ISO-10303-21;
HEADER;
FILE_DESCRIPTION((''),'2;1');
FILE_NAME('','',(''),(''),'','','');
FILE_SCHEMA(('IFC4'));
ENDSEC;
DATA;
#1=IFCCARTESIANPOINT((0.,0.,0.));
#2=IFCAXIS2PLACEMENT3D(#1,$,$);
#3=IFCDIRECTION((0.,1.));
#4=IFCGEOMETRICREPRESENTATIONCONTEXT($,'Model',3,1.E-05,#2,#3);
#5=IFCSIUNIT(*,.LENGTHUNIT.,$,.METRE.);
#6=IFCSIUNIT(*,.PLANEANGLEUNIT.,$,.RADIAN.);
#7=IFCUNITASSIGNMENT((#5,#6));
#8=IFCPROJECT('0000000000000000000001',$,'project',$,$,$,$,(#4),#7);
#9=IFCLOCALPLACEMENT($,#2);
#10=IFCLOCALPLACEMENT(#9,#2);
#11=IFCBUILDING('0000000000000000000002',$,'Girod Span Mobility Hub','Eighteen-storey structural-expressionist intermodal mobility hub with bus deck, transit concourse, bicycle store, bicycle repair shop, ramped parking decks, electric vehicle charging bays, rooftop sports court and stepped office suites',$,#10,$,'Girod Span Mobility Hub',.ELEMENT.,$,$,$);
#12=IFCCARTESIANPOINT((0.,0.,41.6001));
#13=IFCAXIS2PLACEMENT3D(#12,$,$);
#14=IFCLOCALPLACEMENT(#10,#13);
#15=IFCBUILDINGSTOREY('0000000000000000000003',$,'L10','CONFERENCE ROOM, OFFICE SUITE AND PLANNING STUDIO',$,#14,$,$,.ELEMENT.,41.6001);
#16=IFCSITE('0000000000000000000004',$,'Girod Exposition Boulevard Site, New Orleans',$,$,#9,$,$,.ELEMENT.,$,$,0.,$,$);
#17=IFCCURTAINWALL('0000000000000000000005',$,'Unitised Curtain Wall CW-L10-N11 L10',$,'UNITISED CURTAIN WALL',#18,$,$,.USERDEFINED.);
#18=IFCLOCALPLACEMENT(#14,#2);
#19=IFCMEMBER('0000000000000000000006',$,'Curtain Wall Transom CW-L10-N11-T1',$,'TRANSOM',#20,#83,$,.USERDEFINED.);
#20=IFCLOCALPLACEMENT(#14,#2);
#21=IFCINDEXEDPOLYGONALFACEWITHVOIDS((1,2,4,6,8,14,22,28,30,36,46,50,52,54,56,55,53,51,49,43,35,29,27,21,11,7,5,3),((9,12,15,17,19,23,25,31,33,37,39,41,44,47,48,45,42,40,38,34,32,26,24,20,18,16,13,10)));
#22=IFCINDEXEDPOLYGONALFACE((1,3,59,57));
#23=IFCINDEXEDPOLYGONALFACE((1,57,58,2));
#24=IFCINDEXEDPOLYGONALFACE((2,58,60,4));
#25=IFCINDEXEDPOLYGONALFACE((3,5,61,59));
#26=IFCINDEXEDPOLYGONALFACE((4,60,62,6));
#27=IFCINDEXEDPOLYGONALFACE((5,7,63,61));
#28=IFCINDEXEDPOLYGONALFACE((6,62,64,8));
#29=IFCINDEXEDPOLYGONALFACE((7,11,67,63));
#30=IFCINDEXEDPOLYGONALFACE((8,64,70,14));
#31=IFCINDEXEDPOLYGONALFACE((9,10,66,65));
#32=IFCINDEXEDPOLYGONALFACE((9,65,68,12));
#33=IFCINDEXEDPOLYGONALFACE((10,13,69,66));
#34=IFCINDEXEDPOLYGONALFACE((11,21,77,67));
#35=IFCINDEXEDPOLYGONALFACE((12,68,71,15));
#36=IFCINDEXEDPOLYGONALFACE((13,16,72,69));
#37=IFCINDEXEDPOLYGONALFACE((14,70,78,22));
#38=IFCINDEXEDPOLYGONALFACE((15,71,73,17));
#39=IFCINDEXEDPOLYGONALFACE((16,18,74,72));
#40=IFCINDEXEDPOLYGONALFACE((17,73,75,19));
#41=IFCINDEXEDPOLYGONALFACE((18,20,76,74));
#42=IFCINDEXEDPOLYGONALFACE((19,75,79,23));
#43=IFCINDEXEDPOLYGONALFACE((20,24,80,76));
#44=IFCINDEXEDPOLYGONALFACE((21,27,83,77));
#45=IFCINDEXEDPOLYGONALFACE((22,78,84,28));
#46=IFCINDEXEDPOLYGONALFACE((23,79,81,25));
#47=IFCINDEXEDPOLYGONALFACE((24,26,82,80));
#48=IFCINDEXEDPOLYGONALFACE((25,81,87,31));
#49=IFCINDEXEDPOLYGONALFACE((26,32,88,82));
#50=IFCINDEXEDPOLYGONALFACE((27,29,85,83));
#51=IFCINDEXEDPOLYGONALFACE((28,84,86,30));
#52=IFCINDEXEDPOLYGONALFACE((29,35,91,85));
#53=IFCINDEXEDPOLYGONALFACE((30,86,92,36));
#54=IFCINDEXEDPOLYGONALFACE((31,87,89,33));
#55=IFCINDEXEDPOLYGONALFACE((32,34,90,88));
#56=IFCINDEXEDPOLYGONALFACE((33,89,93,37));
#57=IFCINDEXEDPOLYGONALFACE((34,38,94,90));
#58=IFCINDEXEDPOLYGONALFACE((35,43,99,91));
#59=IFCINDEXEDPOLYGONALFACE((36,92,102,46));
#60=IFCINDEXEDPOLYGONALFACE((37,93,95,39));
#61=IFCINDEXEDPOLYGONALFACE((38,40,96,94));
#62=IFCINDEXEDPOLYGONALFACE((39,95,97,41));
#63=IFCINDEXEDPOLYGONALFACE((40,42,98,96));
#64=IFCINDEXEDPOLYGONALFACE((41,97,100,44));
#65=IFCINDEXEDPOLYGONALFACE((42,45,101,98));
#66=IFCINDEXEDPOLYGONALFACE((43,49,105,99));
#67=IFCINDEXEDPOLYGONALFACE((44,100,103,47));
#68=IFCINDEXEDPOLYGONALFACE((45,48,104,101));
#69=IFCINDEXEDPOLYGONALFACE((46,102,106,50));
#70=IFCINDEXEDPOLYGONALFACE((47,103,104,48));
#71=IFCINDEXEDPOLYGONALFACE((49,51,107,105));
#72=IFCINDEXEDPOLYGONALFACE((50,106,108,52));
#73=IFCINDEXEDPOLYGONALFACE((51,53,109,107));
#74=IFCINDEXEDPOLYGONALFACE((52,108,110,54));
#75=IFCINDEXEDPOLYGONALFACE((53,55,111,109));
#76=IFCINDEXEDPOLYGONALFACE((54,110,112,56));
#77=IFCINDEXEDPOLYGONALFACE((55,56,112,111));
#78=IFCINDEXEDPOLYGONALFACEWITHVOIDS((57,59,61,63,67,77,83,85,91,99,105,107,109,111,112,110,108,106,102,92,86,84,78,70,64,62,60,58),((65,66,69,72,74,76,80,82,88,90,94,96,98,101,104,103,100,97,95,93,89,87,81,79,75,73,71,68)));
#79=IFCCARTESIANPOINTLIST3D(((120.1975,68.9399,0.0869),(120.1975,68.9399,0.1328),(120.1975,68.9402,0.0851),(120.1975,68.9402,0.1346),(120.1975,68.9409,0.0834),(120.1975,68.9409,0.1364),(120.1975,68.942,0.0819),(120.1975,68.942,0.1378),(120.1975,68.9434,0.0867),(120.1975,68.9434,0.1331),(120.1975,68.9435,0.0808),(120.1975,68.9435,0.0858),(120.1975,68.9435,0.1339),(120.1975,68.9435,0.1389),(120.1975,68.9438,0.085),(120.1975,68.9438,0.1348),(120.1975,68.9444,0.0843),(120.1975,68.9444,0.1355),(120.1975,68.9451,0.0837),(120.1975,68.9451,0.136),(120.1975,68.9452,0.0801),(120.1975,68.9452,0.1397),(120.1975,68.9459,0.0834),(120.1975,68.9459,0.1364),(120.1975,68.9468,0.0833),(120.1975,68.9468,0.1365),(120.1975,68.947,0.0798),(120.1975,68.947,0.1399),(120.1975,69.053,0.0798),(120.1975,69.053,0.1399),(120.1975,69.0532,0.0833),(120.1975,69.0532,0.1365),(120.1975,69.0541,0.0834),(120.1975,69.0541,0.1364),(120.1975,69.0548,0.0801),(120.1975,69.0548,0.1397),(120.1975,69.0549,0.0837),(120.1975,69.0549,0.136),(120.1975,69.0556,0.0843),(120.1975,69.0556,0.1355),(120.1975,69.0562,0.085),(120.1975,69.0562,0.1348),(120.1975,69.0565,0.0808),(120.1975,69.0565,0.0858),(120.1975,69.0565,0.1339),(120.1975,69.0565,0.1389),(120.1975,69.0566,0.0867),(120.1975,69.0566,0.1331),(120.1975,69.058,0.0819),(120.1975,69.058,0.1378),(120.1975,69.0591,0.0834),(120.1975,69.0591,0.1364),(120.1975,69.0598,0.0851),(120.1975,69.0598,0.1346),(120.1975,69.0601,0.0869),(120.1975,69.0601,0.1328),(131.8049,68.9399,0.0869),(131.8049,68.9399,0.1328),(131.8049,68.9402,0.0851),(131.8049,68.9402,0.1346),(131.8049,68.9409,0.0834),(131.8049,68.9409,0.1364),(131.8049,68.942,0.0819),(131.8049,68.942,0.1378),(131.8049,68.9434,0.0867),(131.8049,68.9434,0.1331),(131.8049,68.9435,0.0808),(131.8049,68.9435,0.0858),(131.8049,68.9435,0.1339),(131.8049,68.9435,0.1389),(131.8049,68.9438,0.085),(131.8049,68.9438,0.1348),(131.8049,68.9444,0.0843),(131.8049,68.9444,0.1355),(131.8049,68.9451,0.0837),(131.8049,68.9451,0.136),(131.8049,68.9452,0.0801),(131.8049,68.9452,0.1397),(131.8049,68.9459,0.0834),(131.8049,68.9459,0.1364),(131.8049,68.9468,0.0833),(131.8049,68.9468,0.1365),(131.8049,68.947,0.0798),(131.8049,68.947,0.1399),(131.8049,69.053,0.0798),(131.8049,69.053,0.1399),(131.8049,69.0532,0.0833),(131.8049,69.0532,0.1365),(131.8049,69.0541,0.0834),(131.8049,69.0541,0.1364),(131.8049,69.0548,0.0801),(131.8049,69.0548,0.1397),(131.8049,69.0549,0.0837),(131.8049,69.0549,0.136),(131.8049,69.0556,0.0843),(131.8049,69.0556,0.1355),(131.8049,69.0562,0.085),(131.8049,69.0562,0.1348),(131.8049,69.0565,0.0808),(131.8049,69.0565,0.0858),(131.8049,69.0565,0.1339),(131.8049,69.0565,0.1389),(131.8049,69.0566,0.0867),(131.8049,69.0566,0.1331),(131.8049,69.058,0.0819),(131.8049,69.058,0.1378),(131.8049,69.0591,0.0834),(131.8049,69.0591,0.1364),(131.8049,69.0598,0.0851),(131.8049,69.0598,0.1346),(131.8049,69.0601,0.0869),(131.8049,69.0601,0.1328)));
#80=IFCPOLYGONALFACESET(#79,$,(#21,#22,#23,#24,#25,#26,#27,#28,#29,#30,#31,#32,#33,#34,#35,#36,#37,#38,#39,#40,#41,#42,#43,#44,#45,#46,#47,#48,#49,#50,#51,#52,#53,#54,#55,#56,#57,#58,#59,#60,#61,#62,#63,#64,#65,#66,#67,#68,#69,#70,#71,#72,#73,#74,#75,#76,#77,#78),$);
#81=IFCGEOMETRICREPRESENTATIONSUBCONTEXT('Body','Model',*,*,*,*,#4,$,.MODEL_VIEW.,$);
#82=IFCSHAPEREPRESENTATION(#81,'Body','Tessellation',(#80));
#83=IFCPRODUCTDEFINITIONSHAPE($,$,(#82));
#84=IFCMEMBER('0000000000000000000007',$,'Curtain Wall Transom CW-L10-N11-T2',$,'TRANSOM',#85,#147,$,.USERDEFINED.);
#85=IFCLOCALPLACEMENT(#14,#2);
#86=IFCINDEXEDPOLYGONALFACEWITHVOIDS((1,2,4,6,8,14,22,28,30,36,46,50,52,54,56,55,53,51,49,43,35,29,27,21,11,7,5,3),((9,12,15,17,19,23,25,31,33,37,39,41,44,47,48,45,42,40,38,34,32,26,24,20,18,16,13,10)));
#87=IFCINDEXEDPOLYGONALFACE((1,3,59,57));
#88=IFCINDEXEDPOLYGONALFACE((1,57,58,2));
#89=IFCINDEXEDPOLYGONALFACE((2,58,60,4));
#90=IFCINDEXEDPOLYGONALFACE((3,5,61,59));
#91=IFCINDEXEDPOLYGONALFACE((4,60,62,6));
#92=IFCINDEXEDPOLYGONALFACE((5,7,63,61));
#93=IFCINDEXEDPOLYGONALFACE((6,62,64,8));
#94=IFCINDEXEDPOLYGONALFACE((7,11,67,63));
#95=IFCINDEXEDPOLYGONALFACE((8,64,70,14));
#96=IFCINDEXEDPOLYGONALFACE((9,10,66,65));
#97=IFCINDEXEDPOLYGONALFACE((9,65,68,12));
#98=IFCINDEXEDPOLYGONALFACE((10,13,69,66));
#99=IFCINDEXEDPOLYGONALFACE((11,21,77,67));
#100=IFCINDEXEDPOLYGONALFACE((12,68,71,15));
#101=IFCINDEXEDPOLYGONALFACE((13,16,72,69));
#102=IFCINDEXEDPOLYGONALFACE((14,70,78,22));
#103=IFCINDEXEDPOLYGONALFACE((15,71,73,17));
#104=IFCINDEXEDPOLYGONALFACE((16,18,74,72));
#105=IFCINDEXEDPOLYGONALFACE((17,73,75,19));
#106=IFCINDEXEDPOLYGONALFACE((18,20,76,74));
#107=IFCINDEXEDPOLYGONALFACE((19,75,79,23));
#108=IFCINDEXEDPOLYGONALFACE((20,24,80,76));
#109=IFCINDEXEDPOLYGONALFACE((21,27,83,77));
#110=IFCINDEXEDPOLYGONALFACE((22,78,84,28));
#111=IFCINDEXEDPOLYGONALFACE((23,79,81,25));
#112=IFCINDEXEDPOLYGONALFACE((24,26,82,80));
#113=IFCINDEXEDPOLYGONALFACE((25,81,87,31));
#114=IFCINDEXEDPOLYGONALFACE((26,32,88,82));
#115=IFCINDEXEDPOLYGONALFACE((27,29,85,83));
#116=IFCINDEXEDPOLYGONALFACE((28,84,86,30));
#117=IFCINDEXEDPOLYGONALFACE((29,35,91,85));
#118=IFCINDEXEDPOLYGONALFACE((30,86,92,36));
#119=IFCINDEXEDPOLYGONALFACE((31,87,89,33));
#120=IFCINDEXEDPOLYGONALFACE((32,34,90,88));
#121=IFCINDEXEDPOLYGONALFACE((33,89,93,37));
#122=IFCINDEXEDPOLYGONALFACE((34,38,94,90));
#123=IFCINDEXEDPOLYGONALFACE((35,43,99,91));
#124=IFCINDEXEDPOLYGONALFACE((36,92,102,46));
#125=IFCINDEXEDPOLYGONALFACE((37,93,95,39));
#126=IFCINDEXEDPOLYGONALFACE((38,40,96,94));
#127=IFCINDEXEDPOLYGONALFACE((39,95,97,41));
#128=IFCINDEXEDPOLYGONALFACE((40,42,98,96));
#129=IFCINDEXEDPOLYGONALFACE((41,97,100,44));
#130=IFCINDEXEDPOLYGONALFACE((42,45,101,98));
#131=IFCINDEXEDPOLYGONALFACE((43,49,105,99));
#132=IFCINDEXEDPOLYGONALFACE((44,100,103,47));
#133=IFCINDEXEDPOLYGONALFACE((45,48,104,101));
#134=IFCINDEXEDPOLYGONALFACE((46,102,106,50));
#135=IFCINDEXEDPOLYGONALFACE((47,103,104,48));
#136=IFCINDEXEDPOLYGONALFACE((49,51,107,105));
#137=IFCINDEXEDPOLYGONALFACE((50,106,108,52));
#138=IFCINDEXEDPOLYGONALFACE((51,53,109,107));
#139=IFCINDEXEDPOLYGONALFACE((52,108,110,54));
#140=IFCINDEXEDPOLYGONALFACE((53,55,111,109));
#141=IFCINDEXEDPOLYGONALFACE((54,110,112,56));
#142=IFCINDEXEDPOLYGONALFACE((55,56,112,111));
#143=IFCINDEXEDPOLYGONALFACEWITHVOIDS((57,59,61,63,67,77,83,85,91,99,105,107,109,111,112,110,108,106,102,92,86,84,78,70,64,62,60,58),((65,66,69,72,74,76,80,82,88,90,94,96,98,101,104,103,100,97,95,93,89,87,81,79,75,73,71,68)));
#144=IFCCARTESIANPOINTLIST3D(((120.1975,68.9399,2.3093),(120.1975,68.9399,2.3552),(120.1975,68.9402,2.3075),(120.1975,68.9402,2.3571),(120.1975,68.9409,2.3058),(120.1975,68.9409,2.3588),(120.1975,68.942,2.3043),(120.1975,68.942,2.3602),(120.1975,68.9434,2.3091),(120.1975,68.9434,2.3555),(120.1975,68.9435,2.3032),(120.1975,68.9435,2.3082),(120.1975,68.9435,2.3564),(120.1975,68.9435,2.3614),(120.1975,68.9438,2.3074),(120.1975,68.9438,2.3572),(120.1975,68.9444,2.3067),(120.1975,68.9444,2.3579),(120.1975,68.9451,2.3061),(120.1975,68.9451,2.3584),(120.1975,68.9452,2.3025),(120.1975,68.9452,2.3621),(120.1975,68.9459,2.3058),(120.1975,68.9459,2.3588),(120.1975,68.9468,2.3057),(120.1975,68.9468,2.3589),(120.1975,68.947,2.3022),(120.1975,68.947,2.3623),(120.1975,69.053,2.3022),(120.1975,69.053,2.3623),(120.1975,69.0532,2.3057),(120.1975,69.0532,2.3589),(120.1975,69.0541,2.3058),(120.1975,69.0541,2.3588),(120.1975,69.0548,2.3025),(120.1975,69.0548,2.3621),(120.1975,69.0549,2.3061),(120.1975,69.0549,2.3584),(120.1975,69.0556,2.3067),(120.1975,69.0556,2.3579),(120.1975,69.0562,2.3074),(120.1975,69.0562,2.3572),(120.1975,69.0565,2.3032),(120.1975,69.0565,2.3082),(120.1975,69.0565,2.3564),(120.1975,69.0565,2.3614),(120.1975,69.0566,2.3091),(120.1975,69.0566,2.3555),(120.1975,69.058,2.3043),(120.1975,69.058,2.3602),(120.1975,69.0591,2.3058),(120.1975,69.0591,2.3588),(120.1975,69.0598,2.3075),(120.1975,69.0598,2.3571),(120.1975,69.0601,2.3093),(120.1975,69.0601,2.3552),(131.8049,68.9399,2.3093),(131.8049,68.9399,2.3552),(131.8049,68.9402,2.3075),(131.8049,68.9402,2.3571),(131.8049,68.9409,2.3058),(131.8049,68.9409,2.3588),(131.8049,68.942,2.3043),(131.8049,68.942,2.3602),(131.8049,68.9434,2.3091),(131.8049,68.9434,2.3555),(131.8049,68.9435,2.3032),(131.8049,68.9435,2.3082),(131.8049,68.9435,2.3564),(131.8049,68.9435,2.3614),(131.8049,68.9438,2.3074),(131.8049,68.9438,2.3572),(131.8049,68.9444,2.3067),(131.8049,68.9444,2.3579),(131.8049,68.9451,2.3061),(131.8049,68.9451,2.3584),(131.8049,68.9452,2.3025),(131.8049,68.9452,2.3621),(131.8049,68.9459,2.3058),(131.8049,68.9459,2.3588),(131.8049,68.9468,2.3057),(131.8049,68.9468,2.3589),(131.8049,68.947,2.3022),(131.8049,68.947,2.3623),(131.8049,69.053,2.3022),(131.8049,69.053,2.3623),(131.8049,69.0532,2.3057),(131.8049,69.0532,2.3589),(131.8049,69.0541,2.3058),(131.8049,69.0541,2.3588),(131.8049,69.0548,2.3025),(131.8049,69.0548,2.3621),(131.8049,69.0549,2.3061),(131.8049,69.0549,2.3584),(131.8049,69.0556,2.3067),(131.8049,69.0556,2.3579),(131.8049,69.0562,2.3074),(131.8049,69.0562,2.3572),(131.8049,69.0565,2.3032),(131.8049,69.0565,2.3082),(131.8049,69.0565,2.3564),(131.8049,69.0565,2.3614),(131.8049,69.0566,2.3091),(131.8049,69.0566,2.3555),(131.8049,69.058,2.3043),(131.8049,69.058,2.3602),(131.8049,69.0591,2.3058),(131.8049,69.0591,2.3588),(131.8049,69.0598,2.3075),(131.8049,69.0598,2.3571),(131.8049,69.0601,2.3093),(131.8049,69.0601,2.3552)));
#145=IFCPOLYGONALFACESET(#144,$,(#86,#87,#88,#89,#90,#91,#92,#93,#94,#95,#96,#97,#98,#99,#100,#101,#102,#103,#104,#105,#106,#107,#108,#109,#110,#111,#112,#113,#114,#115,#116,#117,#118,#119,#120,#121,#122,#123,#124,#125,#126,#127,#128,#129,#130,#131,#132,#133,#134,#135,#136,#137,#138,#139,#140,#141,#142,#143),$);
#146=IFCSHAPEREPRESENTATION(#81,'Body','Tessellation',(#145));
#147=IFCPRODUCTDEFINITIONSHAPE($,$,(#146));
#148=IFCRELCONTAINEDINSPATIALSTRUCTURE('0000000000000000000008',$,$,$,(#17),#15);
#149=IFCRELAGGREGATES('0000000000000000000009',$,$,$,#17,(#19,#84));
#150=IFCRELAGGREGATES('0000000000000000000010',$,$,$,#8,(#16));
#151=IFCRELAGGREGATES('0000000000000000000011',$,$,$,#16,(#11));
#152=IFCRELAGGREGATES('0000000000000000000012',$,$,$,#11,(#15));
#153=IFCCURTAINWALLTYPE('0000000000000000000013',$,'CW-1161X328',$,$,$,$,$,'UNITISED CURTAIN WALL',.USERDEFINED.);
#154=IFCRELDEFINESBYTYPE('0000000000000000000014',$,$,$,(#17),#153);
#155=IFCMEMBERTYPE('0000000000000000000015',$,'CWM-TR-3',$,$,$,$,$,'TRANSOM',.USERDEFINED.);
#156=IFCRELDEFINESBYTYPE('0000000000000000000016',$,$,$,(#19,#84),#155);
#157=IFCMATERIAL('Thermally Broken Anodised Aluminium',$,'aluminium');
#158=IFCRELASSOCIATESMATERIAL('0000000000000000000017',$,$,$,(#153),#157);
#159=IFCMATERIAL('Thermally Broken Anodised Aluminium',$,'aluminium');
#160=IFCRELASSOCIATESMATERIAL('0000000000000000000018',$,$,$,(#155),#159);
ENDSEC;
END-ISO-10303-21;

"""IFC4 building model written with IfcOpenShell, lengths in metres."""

from ifc_helpers import new_model, si_unit, direction, frame, origin, origin_2d, place, context, subcontext, project, spatial, hollow_rectangle, extrude, material, material_profile, profile_set, type_object, element, aggregate, save


model = new_model("IFC4")

# Units and contexts
model_context = context("Model", 3, precision=1e-05, world=origin(), true_north=direction((0.0, 1.0)))
body_context = subcontext(model_context, "Body", "Model", "MODEL_VIEW")
ifc_project = project(units=[si_unit("LENGTHUNIT", "METRE"), si_unit("PLANEANGLEUNIT", "RADIAN")], contexts=[model_context])

# Site, building, storey
site_placement = place(None, origin())
site = spatial("IfcSite", under=ifc_project, at=site_placement, Name="Girod Exposition Boulevard Site, New Orleans", CompositionType="ELEMENT", RefElevation=0.0)
building_placement = place(site_placement, origin())
building = spatial("IfcBuilding", under=site, at=building_placement, Name="Girod Span Mobility Hub", Description="Eighteen-storey structural-expressionist intermodal mobility hub with bus deck, transit concourse, bicycle store, bicycle repair shop, ramped parking decks, electric vehicle charging bays, rooftop sports court and stepped office suites", LongName="Girod Span Mobility Hub", CompositionType="ELEMENT")
storey_placement = place(building_placement, frame((0.0, 0.0, 41.6001)))
storey = spatial("IfcBuildingStorey", under=building, at=storey_placement, Name="L10", Description="CONFERENCE ROOM, OFFICE SUITE AND PLANNING STUDIO", CompositionType="ELEMENT", Elevation=41.6001)

# Curtain wall, members
ifc_material_1 = material(Name="Thermally Broken Anodised Aluminium", Category="aluminium")
curtain_wall_type = type_object("IfcCurtainWallType", Name="CW-1161X328", ElementType="UNITISED CURTAIN WALL", PredefinedType="USERDEFINED", material=ifc_material_1)
curtain_wall_placement = place(storey_placement, origin())
curtain_wall = element("IfcCurtainWall", 1, at=curtain_wall_placement, inside=storey, type_object=curtain_wall_type, Name="Unitised Curtain Wall CW-L10-N11 L10", ObjectType="UNITISED CURTAIN WALL", PredefinedType="USERDEFINED")
ifc_material_2 = material(Name="Thermally Broken Anodised Aluminium", Category="aluminium")
ifc_material_profile_1 = material_profile(ifc_material_2, hollow_rectangle(XDim=0.1201, YDim=0.0601, WallThickness=0.0034, InnerFilletRadius=0.0034, OuterFilletRadius=0.0071, at=origin_2d()), Name="CW-TR-60X120")
ifc_profile_set_1 = profile_set([ifc_material_profile_1], Name="Thermally Broken Anodised Aluminium")
member_type_1 = type_object("IfcMemberType", Name="CWM-TR-3", ElementType="TRANSOM", PredefinedType="USERDEFINED", material=ifc_profile_set_1)
member_1_placement = place(storey_placement, frame((120.1975, 69.0, 0.1099), z_axis=(1.0, 0.0, 0.0), x_axis=(0.0, 1.0, 0.0)))
member_1 = element("IfcMember", 2, at=member_1_placement, type_object=member_type_1, Name="Curtain Wall Transom CW-L10-N11-T1", ObjectType="TRANSOM", PredefinedType="USERDEFINED", context=body_context, shape_type="SweptSolid", body=[
    extrude(hollow_rectangle(XDim=0.1201, YDim=0.0601, WallThickness=0.0034, InnerFilletRadius=0.0034, OuterFilletRadius=0.0071, at=origin_2d()), origin(), (0.0, 0.0, 1.0), 11.6074),
])
member_2_placement = place(storey_placement, frame((120.1975, 69.0, 2.3323), z_axis=(1.0, 0.0, 0.0), x_axis=(0.0, 1.0, 0.0)))
member_2 = element("IfcMember", 3, at=member_2_placement, type_object=member_type_1, Name="Curtain Wall Transom CW-L10-N11-T2", ObjectType="TRANSOM", PredefinedType="USERDEFINED", context=body_context, shape_type="SweptSolid", body=[
    extrude(hollow_rectangle(XDim=0.1201, YDim=0.0601, WallThickness=0.0034, InnerFilletRadius=0.0034, OuterFilletRadius=0.0071, at=origin_2d()), origin(), (0.0, 0.0, 1.0), 11.6074),
])

aggregate(curtain_wall, [member_1, member_2])

save(model, "model.ifc")
